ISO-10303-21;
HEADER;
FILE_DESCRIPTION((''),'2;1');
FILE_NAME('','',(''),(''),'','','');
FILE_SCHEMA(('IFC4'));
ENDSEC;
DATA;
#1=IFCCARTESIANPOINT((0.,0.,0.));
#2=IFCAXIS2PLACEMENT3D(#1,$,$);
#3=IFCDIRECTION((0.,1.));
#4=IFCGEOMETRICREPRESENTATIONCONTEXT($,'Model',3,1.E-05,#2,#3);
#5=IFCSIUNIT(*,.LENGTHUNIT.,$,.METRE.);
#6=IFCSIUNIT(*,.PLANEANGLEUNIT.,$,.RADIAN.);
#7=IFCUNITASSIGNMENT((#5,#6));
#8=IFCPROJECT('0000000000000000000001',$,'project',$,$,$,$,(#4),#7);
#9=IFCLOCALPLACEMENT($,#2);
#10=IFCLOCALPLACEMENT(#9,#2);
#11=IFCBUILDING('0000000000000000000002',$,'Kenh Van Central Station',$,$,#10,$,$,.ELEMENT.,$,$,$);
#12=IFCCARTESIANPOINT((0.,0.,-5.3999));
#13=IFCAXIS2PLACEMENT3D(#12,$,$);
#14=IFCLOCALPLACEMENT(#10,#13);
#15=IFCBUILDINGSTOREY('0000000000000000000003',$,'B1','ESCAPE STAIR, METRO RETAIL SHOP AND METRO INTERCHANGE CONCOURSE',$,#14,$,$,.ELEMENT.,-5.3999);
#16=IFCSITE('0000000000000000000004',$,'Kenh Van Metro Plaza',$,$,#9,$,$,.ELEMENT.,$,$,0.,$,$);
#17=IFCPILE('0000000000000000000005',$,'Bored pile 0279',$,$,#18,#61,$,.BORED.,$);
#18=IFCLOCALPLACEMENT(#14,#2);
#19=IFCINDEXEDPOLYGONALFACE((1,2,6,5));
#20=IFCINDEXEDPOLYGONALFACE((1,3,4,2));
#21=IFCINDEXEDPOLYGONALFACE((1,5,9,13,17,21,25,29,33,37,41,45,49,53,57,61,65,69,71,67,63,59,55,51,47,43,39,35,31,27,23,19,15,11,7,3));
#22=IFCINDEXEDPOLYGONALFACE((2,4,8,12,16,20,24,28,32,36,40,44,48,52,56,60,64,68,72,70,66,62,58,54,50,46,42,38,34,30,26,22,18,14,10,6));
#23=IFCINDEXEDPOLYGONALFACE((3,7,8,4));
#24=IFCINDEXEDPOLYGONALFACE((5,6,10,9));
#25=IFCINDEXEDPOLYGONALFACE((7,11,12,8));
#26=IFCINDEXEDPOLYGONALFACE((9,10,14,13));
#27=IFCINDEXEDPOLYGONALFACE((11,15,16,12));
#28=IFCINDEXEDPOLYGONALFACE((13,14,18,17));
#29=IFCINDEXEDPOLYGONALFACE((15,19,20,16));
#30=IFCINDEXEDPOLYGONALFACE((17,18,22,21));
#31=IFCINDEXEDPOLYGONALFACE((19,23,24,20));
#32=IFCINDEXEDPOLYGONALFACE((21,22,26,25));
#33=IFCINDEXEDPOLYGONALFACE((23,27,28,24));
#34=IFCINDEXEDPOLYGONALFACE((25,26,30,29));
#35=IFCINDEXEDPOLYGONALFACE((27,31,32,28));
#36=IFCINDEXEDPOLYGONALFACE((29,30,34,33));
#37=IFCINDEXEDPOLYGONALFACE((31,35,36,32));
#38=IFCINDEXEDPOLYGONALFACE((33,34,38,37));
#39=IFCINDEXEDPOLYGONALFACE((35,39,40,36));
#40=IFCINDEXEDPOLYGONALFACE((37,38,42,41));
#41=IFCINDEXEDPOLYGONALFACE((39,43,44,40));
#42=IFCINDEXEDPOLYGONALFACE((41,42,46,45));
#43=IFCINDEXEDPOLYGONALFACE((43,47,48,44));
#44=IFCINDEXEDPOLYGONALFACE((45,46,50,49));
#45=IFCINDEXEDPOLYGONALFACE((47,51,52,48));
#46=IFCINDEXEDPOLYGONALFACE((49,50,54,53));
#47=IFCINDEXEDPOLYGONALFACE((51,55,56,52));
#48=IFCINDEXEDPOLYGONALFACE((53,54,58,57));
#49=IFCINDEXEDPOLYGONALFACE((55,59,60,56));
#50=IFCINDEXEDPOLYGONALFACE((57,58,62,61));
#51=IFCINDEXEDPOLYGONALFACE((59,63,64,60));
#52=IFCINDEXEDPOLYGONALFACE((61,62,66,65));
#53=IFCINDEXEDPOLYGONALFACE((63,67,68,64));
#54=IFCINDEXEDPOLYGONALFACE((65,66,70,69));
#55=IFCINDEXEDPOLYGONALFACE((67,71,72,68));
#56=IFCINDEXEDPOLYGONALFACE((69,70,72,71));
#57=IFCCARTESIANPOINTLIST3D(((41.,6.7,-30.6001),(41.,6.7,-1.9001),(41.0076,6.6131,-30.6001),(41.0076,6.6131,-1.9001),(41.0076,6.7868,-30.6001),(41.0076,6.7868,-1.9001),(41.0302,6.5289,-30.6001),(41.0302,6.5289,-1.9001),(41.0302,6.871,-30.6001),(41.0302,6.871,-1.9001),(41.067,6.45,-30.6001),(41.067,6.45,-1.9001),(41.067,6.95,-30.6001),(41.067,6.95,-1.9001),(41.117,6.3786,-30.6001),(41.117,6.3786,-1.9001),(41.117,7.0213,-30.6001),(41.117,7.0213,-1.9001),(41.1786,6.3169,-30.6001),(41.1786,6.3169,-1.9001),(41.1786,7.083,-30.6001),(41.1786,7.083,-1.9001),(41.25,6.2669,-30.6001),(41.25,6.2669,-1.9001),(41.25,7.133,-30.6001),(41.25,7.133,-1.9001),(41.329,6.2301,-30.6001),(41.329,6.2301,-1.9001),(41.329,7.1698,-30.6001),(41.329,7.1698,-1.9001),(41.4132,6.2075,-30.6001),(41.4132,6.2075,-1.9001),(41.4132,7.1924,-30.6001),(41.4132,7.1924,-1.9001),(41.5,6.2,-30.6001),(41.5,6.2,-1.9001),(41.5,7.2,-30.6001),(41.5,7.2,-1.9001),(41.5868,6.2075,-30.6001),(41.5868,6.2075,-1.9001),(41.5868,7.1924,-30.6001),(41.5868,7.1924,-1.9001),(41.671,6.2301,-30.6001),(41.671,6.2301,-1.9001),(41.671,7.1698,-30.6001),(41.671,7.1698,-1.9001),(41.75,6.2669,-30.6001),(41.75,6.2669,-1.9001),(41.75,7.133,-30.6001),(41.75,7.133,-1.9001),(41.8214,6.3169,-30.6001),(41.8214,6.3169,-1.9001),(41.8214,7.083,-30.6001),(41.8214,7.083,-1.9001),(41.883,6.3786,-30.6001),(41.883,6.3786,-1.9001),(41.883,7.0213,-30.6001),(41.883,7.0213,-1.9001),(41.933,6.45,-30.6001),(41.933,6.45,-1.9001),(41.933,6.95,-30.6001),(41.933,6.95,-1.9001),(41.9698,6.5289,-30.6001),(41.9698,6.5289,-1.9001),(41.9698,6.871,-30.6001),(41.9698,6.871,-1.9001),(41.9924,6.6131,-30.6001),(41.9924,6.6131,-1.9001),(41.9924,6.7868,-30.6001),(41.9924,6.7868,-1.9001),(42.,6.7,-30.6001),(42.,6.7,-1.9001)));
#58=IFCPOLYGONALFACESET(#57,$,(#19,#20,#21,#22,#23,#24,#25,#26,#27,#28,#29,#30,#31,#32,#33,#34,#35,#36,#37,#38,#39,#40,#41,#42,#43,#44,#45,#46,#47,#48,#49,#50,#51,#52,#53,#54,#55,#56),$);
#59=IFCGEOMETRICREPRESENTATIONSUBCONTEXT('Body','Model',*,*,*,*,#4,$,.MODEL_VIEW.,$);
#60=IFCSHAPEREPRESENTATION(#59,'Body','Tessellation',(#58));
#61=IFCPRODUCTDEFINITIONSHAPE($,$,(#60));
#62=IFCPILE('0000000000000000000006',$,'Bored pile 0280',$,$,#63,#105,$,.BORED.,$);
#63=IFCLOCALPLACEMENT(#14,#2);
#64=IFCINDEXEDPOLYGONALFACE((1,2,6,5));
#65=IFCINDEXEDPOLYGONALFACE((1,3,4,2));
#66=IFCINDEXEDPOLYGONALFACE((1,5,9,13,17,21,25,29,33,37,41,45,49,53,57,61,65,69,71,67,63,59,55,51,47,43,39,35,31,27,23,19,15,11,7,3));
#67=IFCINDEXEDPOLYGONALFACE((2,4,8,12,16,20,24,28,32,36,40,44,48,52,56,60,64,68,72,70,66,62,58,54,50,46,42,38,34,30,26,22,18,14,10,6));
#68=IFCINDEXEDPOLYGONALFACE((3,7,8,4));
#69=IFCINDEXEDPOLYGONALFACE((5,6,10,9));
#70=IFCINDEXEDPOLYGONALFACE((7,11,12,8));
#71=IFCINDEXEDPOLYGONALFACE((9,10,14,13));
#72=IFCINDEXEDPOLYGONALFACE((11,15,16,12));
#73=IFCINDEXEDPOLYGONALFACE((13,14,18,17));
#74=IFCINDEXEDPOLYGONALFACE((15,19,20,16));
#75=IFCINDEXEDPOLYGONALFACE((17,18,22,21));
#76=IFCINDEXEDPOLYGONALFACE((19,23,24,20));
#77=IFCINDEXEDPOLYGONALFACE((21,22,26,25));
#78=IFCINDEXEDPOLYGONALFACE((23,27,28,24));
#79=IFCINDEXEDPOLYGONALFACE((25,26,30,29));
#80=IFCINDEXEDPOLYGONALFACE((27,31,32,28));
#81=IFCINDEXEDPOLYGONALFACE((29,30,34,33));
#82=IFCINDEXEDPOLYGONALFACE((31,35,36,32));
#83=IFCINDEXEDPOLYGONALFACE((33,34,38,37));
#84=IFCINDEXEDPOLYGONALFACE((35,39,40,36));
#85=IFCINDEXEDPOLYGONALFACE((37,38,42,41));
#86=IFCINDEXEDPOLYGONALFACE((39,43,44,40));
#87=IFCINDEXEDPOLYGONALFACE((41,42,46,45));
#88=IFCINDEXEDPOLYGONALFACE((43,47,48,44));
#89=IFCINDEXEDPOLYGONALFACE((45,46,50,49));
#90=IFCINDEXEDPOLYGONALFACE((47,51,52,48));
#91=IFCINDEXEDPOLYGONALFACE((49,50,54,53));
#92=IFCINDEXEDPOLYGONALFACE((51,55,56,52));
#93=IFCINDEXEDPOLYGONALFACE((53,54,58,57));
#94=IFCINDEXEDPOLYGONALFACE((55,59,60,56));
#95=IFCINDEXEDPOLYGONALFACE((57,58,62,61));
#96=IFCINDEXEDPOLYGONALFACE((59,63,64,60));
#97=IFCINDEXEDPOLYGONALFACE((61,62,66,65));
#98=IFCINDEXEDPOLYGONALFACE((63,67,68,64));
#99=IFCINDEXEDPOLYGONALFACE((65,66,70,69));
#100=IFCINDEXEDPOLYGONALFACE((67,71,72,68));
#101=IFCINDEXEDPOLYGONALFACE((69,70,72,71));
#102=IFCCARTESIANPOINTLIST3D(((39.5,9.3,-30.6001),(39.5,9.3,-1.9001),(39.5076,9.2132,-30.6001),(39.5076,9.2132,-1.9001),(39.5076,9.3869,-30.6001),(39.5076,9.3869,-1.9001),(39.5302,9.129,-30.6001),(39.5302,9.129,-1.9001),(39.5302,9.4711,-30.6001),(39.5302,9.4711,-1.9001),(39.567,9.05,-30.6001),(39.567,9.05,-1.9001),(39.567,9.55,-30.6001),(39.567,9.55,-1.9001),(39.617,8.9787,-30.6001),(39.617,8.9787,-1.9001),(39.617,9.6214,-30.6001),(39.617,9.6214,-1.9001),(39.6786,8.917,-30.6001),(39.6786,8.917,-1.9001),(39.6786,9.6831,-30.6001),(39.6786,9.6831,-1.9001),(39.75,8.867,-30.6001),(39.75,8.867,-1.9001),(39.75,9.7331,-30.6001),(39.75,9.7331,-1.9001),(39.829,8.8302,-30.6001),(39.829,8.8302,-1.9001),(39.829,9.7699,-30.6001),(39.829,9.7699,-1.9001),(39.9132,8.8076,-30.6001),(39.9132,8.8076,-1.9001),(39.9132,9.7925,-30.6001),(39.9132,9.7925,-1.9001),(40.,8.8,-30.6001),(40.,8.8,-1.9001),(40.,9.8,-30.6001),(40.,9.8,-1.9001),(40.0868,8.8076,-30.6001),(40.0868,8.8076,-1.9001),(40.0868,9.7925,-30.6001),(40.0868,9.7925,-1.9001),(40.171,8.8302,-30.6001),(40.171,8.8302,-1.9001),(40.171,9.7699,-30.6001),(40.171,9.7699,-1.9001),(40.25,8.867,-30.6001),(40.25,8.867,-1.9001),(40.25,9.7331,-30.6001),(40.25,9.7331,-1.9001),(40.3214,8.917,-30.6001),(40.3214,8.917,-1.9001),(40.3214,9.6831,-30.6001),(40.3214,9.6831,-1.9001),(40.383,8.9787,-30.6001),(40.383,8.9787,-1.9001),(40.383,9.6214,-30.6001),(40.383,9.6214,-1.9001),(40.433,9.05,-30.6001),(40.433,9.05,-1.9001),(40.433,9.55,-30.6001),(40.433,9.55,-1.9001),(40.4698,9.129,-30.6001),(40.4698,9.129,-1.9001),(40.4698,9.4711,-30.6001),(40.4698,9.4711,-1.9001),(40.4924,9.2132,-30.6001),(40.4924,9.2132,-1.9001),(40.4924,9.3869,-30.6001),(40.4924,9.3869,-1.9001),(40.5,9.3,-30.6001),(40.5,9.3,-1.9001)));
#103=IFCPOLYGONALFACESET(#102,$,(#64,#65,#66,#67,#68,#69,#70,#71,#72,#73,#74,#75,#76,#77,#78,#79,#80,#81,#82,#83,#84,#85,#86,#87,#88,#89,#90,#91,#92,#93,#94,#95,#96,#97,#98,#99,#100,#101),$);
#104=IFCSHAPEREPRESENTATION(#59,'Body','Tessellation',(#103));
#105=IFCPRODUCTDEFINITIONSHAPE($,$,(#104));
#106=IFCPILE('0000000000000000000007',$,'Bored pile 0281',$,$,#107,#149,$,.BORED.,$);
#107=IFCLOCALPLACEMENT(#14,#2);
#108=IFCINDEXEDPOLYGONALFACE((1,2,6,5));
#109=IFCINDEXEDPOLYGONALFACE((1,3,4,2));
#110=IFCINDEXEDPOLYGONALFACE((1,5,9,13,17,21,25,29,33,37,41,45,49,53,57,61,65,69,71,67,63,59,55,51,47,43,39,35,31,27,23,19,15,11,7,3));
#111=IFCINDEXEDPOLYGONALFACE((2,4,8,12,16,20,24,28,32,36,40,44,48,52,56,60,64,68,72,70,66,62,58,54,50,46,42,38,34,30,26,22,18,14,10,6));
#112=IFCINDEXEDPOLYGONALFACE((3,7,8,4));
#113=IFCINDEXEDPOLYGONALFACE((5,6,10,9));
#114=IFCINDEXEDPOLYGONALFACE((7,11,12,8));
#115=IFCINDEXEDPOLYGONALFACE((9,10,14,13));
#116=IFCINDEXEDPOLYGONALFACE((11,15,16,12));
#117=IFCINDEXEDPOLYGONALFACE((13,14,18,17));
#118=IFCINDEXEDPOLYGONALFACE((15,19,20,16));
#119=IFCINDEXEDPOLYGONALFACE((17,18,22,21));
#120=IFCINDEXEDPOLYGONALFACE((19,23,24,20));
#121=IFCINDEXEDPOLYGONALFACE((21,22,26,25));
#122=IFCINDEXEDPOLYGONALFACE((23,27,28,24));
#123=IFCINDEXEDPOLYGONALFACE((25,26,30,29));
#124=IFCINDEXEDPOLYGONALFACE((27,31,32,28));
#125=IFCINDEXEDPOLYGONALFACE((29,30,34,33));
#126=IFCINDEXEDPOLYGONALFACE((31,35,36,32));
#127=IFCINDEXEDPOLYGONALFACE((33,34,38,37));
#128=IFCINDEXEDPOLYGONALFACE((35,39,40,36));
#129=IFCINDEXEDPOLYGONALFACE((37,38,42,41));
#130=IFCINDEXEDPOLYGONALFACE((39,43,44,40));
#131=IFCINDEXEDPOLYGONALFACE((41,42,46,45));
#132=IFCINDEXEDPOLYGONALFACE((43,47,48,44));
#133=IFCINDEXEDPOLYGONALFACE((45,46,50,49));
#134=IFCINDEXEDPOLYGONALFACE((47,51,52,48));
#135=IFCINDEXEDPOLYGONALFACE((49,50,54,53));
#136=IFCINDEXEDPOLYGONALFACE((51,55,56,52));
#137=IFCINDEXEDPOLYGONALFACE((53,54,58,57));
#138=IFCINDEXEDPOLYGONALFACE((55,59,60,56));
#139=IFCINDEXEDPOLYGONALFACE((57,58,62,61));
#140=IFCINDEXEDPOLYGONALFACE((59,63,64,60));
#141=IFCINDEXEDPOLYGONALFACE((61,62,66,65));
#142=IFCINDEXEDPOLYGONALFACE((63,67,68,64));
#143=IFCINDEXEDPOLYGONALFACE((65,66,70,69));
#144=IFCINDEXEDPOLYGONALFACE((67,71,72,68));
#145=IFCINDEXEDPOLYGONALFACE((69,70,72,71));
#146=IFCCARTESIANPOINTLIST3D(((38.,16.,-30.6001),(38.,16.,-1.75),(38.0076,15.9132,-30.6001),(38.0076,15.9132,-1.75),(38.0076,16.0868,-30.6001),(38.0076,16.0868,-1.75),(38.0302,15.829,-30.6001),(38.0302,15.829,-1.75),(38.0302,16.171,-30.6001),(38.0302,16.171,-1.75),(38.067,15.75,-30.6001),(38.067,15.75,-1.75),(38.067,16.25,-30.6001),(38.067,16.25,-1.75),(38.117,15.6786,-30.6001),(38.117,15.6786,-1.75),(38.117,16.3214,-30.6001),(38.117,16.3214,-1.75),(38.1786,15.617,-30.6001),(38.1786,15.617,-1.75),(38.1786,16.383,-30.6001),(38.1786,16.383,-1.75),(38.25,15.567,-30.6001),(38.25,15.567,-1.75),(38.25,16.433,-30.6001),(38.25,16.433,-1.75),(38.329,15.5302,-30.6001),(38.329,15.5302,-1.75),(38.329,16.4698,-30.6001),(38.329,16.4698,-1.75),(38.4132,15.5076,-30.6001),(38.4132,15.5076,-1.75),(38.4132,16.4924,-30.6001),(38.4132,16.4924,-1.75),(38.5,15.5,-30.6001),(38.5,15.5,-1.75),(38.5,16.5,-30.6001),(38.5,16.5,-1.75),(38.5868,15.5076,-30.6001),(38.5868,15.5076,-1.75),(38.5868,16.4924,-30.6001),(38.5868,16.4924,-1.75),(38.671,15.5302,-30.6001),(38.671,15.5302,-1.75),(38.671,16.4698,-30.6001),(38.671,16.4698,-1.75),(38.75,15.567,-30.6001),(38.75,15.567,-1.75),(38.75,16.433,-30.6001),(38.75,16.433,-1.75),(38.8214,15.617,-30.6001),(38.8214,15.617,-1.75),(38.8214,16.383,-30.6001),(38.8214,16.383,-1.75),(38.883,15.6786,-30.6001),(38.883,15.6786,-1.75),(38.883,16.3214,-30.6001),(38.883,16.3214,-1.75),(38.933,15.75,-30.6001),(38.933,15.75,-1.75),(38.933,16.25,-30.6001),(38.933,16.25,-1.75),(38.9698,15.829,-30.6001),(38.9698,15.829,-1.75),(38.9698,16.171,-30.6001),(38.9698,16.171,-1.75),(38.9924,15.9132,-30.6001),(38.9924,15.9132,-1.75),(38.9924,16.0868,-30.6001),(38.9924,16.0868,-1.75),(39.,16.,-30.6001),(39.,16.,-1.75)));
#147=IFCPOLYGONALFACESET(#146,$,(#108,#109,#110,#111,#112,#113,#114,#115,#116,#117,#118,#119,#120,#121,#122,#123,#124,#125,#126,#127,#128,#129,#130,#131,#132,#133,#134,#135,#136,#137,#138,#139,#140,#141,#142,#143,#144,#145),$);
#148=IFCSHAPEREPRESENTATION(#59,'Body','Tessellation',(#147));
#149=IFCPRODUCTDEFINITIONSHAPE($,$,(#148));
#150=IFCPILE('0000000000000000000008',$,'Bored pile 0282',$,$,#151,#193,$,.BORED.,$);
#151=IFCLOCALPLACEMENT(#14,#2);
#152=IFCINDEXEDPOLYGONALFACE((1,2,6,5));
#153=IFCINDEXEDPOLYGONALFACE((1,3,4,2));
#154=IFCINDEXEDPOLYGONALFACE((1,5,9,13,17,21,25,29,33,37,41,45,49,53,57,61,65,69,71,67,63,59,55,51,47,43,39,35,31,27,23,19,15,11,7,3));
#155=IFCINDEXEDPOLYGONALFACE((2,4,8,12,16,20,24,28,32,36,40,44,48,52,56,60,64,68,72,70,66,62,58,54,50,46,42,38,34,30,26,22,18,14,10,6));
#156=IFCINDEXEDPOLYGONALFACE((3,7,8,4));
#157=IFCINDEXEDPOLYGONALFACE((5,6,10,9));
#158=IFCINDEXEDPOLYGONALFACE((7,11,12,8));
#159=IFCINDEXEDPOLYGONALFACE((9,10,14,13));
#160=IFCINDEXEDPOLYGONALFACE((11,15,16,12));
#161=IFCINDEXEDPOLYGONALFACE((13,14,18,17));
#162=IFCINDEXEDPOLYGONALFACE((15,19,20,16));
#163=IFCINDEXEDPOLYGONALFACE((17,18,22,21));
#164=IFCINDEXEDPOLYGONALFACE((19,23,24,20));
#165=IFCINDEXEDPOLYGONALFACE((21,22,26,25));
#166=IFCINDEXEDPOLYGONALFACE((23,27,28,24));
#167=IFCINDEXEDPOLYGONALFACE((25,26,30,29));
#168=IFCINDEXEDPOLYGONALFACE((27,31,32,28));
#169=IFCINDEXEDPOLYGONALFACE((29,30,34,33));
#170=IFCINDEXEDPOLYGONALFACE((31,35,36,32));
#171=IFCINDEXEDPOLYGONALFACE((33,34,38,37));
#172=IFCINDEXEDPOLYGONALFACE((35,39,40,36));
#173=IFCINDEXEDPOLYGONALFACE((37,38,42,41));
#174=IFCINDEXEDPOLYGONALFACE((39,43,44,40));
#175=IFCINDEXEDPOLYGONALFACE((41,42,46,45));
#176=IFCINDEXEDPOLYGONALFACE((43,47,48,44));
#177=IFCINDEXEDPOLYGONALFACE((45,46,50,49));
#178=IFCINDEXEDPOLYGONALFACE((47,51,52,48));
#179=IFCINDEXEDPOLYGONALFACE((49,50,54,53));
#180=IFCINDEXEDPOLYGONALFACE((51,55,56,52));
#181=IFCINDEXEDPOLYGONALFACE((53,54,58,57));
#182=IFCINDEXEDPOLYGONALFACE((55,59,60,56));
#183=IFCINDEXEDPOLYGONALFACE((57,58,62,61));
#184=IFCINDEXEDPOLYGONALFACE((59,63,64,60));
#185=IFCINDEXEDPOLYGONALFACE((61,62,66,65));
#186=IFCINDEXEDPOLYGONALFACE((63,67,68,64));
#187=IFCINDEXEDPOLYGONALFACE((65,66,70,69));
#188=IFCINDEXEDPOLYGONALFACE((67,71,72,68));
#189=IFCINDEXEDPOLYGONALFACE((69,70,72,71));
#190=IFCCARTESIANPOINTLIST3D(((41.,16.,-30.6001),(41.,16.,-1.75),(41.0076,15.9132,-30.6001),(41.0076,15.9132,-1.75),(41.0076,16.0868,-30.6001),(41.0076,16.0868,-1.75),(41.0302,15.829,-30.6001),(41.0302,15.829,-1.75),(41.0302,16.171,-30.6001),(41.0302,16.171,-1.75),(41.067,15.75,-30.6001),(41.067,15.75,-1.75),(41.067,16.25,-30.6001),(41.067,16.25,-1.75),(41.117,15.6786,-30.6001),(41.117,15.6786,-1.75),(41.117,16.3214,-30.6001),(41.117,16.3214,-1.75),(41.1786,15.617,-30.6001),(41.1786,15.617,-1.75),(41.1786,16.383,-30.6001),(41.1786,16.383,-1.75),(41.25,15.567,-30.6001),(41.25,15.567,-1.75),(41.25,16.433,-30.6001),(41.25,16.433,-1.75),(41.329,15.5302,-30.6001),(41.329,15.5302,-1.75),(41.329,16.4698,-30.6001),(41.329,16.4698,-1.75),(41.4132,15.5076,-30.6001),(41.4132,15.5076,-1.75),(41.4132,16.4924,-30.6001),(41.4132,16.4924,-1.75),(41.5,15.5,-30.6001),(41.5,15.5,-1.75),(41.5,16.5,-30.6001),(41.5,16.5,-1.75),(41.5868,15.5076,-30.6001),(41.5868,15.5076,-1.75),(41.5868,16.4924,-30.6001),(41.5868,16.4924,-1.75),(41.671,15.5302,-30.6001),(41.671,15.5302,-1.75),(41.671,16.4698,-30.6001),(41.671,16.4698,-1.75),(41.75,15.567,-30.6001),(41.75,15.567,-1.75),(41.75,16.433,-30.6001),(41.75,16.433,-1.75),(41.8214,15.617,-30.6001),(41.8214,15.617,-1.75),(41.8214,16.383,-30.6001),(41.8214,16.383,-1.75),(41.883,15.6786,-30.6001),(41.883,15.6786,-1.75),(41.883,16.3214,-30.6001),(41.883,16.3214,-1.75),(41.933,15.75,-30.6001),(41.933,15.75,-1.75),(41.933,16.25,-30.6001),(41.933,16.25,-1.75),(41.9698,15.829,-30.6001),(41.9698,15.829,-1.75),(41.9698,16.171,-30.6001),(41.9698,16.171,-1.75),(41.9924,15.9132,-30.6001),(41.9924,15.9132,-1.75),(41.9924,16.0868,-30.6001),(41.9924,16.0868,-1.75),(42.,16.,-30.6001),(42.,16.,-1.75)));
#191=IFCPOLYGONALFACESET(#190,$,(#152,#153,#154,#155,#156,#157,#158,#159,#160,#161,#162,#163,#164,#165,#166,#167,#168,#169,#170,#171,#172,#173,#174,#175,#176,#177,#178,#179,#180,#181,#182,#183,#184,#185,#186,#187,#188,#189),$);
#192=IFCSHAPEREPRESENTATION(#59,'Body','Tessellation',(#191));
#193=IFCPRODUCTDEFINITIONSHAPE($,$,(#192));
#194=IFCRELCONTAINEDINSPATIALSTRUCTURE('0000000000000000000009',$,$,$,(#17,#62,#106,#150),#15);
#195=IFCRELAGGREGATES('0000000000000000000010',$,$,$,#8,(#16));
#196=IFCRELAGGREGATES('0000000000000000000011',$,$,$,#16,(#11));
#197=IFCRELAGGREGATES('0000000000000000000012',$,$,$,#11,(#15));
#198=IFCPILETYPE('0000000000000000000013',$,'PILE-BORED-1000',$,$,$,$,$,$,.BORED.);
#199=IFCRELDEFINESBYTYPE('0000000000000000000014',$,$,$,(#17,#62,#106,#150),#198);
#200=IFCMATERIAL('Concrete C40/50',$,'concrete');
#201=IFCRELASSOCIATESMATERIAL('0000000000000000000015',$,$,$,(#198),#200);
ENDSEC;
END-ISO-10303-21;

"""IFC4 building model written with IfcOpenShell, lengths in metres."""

from ifc_helpers import new_model, si_unit, direction, frame, origin, origin_2d, place, context, subcontext, project, spatial, circle, extrude, material, material_profile, profile_set, type_object, element, save


model = new_model("IFC4")

# Units and contexts
model_context = context("Model", 3, precision=1e-05, world=origin(), true_north=direction((0.0, 1.0)))
body_context = subcontext(model_context, "Body", "Model", "MODEL_VIEW")
ifc_project = project(units=[si_unit("LENGTHUNIT", "METRE"), si_unit("PLANEANGLEUNIT", "RADIAN")], contexts=[model_context])

# Site, building, storey
site_placement = place(None, origin())
site = spatial("IfcSite", under=ifc_project, at=site_placement, Name="Kenh Van Metro Plaza", CompositionType="ELEMENT", RefElevation=0.0)
building_placement = place(site_placement, origin())
building = spatial("IfcBuilding", under=site, at=building_placement, Name="Kenh Van Central Station", CompositionType="ELEMENT")
storey_placement = place(building_placement, frame((0.0, 0.0, -5.3999)))
storey = spatial("IfcBuildingStorey", under=building, at=storey_placement, Name="B1", Description="ESCAPE STAIR, METRO RETAIL SHOP AND METRO INTERCHANGE CONCOURSE", CompositionType="ELEMENT", Elevation=-5.3999)

# Shared definitions
ifc_material_1 = material(Name="Concrete C40/50", Category="concrete")

# Piles
ifc_material_profile_1 = material_profile(ifc_material_1, circle(Radius=0.5, at=origin_2d()), Name="PILE D1000")
ifc_profile_set_1 = profile_set([ifc_material_profile_1], Name="Concrete C40/50")
pile_type = type_object("IfcPileType", Name="PILE-BORED-1000", PredefinedType="BORED", material=ifc_profile_set_1)
for number, where, z_axis, x_axis, name in (
    (1, (41.5, 6.7, -1.9001), (0.0, 0.0, -1.0), (1.0, 0.0, 0.0), "Bored pile 0279"),
    (2, (40.0, 9.3, -1.9001), (0.0, 0.0, -1.0), (1.0, 0.0, 0.0), "Bored pile 0280"),
):
    element("IfcPile", number, at=place(storey_placement, frame(where, z_axis=z_axis, x_axis=x_axis)), inside=storey, type_object=pile_type, Name=name, PredefinedType="BORED", context=body_context, shape_type="SweptSolid", body=[
        extrude(circle(Radius=0.5, at=origin_2d()), origin(), (0.0, 0.0, 1.0), 28.7),
    ])
for number, where, z_axis, x_axis, name in (
    (3, (38.5, 16.0, -1.75), (0.0, 0.0, -1.0), (1.0, 0.0, 0.0), "Bored pile 0281"),
    (4, (41.5, 16.0, -1.75), (0.0, 0.0, -1.0), (1.0, 0.0, 0.0), "Bored pile 0282"),
):
    element("IfcPile", number, at=place(storey_placement, frame(where, z_axis=z_axis, x_axis=x_axis)), inside=storey, type_object=pile_type, Name=name, PredefinedType="BORED", context=body_context, shape_type="SweptSolid", body=[
        extrude(circle(Radius=0.5, at=origin_2d()), origin(), (0.0, 0.0, 1.0), 28.8501),
    ])

save(model, "model.ifc")
